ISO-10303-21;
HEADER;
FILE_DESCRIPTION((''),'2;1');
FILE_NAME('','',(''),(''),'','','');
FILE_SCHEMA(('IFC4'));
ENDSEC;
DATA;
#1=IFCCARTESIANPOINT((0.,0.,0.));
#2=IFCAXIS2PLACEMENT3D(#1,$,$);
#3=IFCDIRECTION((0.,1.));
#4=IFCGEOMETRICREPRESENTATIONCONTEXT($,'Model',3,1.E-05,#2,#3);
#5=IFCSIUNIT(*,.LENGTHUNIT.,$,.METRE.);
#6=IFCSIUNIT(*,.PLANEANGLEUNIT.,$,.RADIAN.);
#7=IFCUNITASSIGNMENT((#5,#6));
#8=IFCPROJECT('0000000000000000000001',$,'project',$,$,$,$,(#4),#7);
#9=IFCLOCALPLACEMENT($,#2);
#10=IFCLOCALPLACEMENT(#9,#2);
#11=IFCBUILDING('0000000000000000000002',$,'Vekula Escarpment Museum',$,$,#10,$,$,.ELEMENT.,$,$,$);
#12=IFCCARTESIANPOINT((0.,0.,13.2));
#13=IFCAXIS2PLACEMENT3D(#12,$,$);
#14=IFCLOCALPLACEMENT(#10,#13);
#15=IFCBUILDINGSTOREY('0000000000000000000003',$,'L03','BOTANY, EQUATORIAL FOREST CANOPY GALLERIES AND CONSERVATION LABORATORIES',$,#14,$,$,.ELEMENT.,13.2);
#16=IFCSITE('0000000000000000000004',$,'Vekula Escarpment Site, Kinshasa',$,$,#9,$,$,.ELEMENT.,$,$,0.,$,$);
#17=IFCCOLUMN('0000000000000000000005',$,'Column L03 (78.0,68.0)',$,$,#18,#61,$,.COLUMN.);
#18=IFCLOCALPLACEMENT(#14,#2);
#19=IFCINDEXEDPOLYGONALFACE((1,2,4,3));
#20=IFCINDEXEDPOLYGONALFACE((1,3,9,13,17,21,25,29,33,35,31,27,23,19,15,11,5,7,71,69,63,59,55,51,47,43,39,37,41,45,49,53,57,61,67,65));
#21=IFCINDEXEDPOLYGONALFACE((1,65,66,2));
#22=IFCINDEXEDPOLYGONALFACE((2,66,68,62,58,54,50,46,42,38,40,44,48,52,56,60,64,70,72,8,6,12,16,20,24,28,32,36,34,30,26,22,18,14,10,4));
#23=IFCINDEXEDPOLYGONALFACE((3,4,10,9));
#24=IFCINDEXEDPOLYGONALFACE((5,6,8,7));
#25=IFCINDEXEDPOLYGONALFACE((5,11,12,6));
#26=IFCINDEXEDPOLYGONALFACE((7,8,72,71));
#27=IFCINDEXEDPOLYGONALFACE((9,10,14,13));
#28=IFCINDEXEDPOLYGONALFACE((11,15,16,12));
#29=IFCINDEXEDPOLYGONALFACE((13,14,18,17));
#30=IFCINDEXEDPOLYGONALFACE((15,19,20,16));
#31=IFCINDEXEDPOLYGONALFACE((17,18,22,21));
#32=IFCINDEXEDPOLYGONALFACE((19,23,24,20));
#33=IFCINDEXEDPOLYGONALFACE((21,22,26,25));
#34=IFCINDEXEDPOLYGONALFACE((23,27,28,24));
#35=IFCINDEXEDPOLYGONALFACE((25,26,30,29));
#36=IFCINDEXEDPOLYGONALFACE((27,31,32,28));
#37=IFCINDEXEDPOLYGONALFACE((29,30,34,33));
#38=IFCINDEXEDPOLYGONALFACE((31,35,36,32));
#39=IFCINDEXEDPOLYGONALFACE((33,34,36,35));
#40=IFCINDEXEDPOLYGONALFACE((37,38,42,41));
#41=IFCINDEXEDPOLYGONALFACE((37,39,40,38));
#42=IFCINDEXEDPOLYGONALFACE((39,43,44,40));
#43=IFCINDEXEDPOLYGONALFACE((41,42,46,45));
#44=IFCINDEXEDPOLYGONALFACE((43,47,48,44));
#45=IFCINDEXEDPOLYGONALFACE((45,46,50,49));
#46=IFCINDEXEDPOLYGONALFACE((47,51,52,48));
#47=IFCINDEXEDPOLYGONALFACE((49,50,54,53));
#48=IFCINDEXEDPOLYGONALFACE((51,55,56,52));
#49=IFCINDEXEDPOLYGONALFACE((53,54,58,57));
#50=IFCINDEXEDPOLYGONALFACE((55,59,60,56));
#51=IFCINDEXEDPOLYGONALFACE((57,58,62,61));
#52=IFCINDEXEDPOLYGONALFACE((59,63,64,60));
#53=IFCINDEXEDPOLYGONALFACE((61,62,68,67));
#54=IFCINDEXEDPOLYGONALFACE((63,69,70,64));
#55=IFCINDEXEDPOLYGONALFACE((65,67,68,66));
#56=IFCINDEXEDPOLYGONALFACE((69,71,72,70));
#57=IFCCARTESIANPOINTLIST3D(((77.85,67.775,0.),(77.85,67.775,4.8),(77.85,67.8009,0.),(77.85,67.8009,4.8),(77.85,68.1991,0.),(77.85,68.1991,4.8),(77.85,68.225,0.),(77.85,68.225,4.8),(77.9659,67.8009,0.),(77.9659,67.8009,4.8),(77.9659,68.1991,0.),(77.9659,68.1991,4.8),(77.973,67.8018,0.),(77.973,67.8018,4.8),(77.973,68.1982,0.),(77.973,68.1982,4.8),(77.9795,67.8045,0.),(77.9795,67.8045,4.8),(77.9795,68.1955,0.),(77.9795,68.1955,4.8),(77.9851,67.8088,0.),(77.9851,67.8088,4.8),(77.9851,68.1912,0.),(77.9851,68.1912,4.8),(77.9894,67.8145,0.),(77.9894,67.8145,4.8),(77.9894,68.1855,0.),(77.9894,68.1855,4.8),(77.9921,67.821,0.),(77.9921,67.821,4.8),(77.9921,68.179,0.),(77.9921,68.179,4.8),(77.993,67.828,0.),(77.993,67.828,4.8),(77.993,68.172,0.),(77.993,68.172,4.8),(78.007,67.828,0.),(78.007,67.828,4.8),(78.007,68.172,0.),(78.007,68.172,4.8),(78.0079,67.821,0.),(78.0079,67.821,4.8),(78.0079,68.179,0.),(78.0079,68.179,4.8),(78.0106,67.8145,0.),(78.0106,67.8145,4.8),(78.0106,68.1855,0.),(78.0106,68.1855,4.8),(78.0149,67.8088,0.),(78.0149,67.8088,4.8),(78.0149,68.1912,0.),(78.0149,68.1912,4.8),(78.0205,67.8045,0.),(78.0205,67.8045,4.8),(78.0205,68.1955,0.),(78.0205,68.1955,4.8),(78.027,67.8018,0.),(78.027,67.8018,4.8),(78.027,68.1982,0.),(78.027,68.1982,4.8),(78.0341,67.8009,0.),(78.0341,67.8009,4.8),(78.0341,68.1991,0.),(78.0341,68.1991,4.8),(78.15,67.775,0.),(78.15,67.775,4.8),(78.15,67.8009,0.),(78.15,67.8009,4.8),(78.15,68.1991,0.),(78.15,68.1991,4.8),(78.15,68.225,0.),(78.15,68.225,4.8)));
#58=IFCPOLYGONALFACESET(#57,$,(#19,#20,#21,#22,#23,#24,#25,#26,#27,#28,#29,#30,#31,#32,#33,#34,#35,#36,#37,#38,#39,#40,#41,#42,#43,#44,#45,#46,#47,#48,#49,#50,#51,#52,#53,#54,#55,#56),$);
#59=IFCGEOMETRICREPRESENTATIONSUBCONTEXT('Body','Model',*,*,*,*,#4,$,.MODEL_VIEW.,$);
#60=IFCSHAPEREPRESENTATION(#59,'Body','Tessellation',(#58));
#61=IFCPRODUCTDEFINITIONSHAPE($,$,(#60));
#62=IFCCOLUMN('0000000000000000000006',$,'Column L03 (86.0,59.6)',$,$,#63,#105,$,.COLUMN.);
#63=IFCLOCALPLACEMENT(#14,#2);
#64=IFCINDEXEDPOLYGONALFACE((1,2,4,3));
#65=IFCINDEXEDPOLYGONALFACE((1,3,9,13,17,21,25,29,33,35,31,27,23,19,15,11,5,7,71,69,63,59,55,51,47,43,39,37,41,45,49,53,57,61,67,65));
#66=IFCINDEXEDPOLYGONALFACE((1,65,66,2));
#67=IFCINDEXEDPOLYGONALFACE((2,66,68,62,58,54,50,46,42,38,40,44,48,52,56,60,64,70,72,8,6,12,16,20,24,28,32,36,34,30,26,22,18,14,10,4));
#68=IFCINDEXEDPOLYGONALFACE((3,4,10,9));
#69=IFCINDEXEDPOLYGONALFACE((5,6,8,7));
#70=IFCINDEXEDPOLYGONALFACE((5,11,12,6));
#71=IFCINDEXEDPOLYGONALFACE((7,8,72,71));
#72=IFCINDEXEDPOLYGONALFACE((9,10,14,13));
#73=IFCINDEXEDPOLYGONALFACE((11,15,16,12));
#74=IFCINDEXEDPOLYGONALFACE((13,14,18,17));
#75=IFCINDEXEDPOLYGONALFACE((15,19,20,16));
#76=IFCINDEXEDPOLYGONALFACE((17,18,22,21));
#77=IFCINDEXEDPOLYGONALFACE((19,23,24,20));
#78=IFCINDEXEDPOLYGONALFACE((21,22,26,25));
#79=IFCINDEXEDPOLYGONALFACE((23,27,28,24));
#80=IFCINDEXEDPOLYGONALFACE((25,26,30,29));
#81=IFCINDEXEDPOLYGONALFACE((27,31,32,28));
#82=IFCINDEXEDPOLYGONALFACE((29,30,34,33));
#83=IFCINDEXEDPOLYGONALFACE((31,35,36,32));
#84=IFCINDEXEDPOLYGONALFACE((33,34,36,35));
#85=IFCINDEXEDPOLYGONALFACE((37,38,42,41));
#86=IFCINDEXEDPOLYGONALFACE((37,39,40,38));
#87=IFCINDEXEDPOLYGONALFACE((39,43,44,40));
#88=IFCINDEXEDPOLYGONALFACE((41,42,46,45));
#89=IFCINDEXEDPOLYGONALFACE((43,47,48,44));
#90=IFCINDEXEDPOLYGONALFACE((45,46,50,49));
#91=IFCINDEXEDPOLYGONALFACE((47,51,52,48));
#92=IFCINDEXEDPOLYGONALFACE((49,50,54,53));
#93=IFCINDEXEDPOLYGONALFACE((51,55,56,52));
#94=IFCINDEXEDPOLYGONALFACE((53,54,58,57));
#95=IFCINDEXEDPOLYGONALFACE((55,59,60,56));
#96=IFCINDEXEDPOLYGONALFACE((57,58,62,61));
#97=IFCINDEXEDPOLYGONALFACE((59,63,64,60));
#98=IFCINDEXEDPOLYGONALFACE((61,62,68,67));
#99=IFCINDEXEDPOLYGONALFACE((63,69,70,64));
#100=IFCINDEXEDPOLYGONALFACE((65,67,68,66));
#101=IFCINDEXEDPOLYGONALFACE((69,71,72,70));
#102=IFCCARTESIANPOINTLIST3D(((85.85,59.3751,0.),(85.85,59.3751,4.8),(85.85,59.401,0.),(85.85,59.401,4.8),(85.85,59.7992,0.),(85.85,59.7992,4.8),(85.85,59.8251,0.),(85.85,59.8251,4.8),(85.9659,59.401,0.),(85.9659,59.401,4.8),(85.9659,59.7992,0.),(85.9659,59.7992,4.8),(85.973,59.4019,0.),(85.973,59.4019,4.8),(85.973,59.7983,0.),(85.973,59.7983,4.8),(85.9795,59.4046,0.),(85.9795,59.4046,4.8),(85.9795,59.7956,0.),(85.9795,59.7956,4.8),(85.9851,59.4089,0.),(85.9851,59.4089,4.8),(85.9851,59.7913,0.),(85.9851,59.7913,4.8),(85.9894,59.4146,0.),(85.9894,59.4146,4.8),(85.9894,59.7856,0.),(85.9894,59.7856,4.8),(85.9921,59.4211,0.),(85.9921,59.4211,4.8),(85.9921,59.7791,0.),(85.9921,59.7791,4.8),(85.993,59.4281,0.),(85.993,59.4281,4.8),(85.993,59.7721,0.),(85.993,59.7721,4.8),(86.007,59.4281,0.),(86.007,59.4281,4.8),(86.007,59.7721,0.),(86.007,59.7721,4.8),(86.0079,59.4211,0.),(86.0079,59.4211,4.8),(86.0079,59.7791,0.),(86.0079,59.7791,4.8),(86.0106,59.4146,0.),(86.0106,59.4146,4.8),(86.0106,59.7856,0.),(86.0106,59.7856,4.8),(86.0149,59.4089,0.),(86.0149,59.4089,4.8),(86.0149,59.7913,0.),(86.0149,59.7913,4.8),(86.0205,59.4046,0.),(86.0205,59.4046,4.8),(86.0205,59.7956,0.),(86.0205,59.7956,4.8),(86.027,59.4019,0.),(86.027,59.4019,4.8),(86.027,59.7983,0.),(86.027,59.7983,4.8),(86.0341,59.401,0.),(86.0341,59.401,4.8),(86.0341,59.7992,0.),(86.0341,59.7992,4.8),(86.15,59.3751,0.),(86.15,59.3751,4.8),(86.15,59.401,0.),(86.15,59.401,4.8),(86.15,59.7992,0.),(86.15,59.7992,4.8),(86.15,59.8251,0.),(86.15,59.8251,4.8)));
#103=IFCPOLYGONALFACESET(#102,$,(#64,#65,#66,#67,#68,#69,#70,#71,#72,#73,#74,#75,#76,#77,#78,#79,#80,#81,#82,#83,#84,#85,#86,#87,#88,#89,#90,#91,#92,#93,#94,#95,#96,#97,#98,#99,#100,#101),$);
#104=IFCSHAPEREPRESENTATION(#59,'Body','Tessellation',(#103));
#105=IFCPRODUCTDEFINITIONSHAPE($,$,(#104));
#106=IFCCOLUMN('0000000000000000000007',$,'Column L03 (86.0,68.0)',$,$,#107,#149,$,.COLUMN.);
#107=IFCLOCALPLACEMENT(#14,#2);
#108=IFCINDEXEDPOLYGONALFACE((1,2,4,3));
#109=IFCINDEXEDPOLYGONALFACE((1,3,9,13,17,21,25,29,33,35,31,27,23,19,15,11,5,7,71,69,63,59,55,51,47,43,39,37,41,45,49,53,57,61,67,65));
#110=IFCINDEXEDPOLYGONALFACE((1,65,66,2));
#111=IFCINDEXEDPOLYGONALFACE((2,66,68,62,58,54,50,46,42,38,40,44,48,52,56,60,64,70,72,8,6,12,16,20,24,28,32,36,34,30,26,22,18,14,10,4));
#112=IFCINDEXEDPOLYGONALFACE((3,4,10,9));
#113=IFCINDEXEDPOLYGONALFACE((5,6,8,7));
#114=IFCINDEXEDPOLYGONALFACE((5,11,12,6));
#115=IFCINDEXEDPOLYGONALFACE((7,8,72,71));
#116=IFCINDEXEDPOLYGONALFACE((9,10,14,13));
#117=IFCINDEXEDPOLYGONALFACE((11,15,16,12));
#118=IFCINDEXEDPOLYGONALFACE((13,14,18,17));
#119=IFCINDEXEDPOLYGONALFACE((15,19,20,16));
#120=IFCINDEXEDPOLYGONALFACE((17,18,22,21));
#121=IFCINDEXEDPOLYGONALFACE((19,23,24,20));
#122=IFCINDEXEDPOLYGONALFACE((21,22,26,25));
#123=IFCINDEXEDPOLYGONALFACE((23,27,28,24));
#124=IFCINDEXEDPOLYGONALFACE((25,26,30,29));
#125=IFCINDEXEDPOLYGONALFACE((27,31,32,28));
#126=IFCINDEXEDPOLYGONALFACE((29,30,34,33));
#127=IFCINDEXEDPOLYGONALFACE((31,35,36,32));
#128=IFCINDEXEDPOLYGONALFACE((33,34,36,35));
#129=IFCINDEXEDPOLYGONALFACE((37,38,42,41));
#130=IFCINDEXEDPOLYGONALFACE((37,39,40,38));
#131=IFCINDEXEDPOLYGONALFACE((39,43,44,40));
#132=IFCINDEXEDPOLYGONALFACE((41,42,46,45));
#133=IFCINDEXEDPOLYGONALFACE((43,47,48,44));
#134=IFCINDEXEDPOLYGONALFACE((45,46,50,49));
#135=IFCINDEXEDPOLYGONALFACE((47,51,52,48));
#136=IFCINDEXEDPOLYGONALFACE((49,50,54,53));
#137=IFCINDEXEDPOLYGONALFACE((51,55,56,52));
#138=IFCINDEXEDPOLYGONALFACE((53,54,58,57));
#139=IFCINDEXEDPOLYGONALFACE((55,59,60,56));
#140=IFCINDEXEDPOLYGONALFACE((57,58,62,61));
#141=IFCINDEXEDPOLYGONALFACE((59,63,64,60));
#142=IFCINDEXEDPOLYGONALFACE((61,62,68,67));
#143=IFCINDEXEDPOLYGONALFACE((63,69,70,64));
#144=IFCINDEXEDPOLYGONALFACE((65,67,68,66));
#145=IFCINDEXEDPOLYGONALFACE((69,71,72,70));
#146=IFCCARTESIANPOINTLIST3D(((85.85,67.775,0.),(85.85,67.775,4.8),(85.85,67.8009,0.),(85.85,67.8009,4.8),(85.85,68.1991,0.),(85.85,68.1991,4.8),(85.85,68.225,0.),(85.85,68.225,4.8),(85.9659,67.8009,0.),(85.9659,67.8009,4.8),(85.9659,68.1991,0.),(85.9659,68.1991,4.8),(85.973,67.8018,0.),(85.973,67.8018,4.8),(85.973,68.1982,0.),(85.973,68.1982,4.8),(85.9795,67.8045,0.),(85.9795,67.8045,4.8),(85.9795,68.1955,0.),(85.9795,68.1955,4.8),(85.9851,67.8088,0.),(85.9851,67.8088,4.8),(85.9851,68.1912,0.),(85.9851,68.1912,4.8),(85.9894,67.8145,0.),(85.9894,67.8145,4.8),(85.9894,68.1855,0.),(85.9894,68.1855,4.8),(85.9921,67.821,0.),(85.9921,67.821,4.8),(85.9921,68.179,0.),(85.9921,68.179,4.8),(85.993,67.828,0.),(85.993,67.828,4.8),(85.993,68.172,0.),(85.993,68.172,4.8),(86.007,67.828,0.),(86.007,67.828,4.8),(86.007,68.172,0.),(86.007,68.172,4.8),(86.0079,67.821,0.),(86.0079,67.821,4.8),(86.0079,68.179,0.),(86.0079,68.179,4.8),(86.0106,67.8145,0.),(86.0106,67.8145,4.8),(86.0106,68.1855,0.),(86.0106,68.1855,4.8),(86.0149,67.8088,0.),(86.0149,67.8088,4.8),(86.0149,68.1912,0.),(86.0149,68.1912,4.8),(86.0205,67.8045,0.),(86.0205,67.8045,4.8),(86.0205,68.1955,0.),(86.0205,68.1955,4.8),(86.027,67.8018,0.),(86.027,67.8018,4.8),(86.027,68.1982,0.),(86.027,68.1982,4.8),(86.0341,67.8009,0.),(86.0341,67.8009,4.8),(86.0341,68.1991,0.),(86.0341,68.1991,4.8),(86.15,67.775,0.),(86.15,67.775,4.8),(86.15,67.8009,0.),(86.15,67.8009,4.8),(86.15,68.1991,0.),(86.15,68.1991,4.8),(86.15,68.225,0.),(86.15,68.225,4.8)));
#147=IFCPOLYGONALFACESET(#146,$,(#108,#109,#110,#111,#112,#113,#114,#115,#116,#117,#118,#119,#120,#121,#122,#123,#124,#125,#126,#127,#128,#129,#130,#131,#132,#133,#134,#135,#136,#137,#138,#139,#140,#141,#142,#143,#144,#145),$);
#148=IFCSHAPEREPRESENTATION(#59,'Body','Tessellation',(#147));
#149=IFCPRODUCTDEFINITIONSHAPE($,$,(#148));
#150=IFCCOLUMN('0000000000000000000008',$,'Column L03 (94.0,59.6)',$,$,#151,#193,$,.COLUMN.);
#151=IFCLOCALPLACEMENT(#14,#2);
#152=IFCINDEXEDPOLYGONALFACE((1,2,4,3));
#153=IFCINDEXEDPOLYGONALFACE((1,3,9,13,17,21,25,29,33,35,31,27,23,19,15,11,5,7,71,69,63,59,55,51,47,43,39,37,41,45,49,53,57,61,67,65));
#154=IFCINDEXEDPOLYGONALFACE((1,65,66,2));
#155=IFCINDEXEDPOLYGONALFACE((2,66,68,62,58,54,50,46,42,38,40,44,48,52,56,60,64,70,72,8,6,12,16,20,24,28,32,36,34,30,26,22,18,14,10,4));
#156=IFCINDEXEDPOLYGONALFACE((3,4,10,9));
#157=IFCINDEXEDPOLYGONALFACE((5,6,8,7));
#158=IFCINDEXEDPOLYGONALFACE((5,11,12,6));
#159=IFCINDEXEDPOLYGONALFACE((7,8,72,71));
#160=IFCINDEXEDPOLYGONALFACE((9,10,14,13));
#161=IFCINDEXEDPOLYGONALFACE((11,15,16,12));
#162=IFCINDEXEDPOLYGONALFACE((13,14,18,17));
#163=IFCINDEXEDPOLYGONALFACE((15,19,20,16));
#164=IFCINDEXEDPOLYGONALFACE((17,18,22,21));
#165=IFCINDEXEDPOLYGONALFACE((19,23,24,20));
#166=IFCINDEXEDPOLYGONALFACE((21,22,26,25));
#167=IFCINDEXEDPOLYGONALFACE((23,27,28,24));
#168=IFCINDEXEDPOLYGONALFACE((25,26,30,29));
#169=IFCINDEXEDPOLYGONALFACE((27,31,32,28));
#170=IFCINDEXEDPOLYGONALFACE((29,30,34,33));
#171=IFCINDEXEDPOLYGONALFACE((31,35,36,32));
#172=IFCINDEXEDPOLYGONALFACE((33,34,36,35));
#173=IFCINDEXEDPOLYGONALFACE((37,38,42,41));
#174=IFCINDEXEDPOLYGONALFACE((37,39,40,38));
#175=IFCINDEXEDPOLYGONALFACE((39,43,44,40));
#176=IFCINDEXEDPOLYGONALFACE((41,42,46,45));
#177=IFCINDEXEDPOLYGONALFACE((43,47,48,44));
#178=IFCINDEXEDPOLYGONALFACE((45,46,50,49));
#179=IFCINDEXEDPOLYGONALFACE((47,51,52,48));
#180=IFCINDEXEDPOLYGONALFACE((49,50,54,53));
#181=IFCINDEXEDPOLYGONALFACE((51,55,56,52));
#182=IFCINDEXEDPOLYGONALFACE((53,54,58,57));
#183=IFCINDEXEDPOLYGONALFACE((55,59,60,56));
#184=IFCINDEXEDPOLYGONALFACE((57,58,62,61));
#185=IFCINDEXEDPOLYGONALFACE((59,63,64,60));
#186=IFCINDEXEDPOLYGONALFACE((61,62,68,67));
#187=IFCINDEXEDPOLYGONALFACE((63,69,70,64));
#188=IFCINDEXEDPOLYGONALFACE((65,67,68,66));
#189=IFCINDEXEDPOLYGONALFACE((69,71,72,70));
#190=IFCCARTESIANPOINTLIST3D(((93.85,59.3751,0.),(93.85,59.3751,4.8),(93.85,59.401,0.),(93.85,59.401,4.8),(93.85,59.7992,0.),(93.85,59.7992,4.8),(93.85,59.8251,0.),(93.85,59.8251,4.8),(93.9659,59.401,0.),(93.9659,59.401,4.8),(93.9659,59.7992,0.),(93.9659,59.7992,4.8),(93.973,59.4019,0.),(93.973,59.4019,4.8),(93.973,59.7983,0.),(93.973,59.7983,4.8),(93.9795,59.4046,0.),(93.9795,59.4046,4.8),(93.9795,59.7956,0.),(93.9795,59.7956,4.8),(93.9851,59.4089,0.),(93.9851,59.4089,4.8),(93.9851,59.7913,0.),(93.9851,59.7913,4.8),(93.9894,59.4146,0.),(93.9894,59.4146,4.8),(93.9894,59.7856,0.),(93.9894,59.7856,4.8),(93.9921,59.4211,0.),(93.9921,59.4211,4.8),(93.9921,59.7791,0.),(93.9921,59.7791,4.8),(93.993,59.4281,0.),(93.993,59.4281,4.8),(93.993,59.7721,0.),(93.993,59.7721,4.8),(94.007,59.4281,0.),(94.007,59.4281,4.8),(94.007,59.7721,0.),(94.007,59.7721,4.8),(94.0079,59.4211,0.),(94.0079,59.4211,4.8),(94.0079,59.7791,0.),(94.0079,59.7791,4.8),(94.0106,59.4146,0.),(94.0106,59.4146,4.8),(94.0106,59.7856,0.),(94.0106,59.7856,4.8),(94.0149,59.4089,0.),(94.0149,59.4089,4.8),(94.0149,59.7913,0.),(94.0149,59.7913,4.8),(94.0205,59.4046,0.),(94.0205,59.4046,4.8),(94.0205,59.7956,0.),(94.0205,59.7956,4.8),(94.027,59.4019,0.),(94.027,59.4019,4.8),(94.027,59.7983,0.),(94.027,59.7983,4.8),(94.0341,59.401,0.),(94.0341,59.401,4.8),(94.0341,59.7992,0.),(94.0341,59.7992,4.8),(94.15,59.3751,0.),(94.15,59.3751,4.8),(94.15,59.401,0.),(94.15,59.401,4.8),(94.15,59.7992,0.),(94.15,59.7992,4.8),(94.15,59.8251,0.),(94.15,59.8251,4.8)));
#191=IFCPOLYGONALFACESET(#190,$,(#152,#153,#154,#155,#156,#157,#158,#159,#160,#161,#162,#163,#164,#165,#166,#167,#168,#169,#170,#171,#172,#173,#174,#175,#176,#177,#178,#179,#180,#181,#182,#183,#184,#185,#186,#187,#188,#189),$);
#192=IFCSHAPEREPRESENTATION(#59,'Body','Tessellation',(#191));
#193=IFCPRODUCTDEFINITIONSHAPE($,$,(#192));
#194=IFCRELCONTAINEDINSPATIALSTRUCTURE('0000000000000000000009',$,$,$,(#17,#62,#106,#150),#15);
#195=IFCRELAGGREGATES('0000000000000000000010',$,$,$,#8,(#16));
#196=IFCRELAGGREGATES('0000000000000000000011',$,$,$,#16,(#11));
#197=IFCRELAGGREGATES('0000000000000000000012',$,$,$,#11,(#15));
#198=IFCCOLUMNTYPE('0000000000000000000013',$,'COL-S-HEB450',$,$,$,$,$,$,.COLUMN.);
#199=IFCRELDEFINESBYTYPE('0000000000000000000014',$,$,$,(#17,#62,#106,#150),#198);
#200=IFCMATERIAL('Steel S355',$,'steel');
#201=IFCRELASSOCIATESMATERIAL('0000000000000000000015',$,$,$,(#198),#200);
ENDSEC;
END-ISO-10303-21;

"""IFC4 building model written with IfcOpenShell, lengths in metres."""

from ifc_helpers import new_model, si_unit, direction, frame, origin, origin_2d, place, context, subcontext, project, spatial, i_section, extrude, material, material_profile, profile_set, type_object, element, save


model = new_model("IFC4")

# Units and contexts
model_context = context("Model", 3, precision=1e-05, world=origin(), true_north=direction((0.0, 1.0)))
body_context = subcontext(model_context, "Body", "Model", "MODEL_VIEW")
ifc_project = project(units=[si_unit("LENGTHUNIT", "METRE"), si_unit("PLANEANGLEUNIT", "RADIAN")], contexts=[model_context])

# Site, building, storey
site_placement = place(None, origin())
site = spatial("IfcSite", under=ifc_project, at=site_placement, Name="Vekula Escarpment Site, Kinshasa", CompositionType="ELEMENT", RefElevation=0.0)
building_placement = place(site_placement, origin())
building = spatial("IfcBuilding", under=site, at=building_placement, Name="Vekula Escarpment Museum", CompositionType="ELEMENT")
storey_placement = place(building_placement, frame((0.0, 0.0, 13.2)))
storey = spatial("IfcBuildingStorey", under=building, at=storey_placement, Name="L03", Description="BOTANY, EQUATORIAL FOREST CANOPY GALLERIES AND CONSERVATION LABORATORIES", CompositionType="ELEMENT", Elevation=13.2)

# Columns
ifc_material_1 = material(Name="Steel S355", Category="steel")
ifc_material_profile_1 = material_profile(ifc_material_1, i_section(OverallWidth=0.3, OverallDepth=0.45, WebThickness=0.0139, FlangeThickness=0.0259, FilletRadius=0.0271, at=origin_2d()), Name="HEB 450")
ifc_profile_set_1 = profile_set([ifc_material_profile_1], Name="Steel S355")
column_type = type_object("IfcColumnType", Name="COL-S-HEB450", PredefinedType="COLUMN", material=ifc_profile_set_1)
for number, where, z_axis, x_axis, name in (
    (1, (78.0, 68.0, 0.0), (0.0, 0.0, 1.0), (1.0, 0.0, 0.0), "Column L03 (78.0,68.0)"),
    (2, (86.0, 59.6001, 0.0), (0.0, 0.0, 1.0), (1.0, 0.0, 0.0), "Column L03 (86.0,59.6)"),
    (3, (86.0, 68.0, 0.0), (0.0, 0.0, 1.0), (1.0, 0.0, 0.0), "Column L03 (86.0,68.0)"),
    (4, (94.0, 59.6001, 0.0), (0.0, 0.0, 1.0), (1.0, 0.0, 0.0), "Column L03 (94.0,59.6)"),
):
    element("IfcColumn", number, at=place(storey_placement, frame(where, z_axis=z_axis, x_axis=x_axis)), inside=storey, type_object=column_type, Name=name, PredefinedType="COLUMN", context=body_context, shape_type="SweptSolid", body=[
        extrude(i_section(OverallWidth=0.3, OverallDepth=0.45, WebThickness=0.0139, FlangeThickness=0.0259, FilletRadius=0.0271, at=origin_2d()), origin(), (0.0, 0.0, 1.0), 4.8),
    ])

save(model, "model.ifc")
